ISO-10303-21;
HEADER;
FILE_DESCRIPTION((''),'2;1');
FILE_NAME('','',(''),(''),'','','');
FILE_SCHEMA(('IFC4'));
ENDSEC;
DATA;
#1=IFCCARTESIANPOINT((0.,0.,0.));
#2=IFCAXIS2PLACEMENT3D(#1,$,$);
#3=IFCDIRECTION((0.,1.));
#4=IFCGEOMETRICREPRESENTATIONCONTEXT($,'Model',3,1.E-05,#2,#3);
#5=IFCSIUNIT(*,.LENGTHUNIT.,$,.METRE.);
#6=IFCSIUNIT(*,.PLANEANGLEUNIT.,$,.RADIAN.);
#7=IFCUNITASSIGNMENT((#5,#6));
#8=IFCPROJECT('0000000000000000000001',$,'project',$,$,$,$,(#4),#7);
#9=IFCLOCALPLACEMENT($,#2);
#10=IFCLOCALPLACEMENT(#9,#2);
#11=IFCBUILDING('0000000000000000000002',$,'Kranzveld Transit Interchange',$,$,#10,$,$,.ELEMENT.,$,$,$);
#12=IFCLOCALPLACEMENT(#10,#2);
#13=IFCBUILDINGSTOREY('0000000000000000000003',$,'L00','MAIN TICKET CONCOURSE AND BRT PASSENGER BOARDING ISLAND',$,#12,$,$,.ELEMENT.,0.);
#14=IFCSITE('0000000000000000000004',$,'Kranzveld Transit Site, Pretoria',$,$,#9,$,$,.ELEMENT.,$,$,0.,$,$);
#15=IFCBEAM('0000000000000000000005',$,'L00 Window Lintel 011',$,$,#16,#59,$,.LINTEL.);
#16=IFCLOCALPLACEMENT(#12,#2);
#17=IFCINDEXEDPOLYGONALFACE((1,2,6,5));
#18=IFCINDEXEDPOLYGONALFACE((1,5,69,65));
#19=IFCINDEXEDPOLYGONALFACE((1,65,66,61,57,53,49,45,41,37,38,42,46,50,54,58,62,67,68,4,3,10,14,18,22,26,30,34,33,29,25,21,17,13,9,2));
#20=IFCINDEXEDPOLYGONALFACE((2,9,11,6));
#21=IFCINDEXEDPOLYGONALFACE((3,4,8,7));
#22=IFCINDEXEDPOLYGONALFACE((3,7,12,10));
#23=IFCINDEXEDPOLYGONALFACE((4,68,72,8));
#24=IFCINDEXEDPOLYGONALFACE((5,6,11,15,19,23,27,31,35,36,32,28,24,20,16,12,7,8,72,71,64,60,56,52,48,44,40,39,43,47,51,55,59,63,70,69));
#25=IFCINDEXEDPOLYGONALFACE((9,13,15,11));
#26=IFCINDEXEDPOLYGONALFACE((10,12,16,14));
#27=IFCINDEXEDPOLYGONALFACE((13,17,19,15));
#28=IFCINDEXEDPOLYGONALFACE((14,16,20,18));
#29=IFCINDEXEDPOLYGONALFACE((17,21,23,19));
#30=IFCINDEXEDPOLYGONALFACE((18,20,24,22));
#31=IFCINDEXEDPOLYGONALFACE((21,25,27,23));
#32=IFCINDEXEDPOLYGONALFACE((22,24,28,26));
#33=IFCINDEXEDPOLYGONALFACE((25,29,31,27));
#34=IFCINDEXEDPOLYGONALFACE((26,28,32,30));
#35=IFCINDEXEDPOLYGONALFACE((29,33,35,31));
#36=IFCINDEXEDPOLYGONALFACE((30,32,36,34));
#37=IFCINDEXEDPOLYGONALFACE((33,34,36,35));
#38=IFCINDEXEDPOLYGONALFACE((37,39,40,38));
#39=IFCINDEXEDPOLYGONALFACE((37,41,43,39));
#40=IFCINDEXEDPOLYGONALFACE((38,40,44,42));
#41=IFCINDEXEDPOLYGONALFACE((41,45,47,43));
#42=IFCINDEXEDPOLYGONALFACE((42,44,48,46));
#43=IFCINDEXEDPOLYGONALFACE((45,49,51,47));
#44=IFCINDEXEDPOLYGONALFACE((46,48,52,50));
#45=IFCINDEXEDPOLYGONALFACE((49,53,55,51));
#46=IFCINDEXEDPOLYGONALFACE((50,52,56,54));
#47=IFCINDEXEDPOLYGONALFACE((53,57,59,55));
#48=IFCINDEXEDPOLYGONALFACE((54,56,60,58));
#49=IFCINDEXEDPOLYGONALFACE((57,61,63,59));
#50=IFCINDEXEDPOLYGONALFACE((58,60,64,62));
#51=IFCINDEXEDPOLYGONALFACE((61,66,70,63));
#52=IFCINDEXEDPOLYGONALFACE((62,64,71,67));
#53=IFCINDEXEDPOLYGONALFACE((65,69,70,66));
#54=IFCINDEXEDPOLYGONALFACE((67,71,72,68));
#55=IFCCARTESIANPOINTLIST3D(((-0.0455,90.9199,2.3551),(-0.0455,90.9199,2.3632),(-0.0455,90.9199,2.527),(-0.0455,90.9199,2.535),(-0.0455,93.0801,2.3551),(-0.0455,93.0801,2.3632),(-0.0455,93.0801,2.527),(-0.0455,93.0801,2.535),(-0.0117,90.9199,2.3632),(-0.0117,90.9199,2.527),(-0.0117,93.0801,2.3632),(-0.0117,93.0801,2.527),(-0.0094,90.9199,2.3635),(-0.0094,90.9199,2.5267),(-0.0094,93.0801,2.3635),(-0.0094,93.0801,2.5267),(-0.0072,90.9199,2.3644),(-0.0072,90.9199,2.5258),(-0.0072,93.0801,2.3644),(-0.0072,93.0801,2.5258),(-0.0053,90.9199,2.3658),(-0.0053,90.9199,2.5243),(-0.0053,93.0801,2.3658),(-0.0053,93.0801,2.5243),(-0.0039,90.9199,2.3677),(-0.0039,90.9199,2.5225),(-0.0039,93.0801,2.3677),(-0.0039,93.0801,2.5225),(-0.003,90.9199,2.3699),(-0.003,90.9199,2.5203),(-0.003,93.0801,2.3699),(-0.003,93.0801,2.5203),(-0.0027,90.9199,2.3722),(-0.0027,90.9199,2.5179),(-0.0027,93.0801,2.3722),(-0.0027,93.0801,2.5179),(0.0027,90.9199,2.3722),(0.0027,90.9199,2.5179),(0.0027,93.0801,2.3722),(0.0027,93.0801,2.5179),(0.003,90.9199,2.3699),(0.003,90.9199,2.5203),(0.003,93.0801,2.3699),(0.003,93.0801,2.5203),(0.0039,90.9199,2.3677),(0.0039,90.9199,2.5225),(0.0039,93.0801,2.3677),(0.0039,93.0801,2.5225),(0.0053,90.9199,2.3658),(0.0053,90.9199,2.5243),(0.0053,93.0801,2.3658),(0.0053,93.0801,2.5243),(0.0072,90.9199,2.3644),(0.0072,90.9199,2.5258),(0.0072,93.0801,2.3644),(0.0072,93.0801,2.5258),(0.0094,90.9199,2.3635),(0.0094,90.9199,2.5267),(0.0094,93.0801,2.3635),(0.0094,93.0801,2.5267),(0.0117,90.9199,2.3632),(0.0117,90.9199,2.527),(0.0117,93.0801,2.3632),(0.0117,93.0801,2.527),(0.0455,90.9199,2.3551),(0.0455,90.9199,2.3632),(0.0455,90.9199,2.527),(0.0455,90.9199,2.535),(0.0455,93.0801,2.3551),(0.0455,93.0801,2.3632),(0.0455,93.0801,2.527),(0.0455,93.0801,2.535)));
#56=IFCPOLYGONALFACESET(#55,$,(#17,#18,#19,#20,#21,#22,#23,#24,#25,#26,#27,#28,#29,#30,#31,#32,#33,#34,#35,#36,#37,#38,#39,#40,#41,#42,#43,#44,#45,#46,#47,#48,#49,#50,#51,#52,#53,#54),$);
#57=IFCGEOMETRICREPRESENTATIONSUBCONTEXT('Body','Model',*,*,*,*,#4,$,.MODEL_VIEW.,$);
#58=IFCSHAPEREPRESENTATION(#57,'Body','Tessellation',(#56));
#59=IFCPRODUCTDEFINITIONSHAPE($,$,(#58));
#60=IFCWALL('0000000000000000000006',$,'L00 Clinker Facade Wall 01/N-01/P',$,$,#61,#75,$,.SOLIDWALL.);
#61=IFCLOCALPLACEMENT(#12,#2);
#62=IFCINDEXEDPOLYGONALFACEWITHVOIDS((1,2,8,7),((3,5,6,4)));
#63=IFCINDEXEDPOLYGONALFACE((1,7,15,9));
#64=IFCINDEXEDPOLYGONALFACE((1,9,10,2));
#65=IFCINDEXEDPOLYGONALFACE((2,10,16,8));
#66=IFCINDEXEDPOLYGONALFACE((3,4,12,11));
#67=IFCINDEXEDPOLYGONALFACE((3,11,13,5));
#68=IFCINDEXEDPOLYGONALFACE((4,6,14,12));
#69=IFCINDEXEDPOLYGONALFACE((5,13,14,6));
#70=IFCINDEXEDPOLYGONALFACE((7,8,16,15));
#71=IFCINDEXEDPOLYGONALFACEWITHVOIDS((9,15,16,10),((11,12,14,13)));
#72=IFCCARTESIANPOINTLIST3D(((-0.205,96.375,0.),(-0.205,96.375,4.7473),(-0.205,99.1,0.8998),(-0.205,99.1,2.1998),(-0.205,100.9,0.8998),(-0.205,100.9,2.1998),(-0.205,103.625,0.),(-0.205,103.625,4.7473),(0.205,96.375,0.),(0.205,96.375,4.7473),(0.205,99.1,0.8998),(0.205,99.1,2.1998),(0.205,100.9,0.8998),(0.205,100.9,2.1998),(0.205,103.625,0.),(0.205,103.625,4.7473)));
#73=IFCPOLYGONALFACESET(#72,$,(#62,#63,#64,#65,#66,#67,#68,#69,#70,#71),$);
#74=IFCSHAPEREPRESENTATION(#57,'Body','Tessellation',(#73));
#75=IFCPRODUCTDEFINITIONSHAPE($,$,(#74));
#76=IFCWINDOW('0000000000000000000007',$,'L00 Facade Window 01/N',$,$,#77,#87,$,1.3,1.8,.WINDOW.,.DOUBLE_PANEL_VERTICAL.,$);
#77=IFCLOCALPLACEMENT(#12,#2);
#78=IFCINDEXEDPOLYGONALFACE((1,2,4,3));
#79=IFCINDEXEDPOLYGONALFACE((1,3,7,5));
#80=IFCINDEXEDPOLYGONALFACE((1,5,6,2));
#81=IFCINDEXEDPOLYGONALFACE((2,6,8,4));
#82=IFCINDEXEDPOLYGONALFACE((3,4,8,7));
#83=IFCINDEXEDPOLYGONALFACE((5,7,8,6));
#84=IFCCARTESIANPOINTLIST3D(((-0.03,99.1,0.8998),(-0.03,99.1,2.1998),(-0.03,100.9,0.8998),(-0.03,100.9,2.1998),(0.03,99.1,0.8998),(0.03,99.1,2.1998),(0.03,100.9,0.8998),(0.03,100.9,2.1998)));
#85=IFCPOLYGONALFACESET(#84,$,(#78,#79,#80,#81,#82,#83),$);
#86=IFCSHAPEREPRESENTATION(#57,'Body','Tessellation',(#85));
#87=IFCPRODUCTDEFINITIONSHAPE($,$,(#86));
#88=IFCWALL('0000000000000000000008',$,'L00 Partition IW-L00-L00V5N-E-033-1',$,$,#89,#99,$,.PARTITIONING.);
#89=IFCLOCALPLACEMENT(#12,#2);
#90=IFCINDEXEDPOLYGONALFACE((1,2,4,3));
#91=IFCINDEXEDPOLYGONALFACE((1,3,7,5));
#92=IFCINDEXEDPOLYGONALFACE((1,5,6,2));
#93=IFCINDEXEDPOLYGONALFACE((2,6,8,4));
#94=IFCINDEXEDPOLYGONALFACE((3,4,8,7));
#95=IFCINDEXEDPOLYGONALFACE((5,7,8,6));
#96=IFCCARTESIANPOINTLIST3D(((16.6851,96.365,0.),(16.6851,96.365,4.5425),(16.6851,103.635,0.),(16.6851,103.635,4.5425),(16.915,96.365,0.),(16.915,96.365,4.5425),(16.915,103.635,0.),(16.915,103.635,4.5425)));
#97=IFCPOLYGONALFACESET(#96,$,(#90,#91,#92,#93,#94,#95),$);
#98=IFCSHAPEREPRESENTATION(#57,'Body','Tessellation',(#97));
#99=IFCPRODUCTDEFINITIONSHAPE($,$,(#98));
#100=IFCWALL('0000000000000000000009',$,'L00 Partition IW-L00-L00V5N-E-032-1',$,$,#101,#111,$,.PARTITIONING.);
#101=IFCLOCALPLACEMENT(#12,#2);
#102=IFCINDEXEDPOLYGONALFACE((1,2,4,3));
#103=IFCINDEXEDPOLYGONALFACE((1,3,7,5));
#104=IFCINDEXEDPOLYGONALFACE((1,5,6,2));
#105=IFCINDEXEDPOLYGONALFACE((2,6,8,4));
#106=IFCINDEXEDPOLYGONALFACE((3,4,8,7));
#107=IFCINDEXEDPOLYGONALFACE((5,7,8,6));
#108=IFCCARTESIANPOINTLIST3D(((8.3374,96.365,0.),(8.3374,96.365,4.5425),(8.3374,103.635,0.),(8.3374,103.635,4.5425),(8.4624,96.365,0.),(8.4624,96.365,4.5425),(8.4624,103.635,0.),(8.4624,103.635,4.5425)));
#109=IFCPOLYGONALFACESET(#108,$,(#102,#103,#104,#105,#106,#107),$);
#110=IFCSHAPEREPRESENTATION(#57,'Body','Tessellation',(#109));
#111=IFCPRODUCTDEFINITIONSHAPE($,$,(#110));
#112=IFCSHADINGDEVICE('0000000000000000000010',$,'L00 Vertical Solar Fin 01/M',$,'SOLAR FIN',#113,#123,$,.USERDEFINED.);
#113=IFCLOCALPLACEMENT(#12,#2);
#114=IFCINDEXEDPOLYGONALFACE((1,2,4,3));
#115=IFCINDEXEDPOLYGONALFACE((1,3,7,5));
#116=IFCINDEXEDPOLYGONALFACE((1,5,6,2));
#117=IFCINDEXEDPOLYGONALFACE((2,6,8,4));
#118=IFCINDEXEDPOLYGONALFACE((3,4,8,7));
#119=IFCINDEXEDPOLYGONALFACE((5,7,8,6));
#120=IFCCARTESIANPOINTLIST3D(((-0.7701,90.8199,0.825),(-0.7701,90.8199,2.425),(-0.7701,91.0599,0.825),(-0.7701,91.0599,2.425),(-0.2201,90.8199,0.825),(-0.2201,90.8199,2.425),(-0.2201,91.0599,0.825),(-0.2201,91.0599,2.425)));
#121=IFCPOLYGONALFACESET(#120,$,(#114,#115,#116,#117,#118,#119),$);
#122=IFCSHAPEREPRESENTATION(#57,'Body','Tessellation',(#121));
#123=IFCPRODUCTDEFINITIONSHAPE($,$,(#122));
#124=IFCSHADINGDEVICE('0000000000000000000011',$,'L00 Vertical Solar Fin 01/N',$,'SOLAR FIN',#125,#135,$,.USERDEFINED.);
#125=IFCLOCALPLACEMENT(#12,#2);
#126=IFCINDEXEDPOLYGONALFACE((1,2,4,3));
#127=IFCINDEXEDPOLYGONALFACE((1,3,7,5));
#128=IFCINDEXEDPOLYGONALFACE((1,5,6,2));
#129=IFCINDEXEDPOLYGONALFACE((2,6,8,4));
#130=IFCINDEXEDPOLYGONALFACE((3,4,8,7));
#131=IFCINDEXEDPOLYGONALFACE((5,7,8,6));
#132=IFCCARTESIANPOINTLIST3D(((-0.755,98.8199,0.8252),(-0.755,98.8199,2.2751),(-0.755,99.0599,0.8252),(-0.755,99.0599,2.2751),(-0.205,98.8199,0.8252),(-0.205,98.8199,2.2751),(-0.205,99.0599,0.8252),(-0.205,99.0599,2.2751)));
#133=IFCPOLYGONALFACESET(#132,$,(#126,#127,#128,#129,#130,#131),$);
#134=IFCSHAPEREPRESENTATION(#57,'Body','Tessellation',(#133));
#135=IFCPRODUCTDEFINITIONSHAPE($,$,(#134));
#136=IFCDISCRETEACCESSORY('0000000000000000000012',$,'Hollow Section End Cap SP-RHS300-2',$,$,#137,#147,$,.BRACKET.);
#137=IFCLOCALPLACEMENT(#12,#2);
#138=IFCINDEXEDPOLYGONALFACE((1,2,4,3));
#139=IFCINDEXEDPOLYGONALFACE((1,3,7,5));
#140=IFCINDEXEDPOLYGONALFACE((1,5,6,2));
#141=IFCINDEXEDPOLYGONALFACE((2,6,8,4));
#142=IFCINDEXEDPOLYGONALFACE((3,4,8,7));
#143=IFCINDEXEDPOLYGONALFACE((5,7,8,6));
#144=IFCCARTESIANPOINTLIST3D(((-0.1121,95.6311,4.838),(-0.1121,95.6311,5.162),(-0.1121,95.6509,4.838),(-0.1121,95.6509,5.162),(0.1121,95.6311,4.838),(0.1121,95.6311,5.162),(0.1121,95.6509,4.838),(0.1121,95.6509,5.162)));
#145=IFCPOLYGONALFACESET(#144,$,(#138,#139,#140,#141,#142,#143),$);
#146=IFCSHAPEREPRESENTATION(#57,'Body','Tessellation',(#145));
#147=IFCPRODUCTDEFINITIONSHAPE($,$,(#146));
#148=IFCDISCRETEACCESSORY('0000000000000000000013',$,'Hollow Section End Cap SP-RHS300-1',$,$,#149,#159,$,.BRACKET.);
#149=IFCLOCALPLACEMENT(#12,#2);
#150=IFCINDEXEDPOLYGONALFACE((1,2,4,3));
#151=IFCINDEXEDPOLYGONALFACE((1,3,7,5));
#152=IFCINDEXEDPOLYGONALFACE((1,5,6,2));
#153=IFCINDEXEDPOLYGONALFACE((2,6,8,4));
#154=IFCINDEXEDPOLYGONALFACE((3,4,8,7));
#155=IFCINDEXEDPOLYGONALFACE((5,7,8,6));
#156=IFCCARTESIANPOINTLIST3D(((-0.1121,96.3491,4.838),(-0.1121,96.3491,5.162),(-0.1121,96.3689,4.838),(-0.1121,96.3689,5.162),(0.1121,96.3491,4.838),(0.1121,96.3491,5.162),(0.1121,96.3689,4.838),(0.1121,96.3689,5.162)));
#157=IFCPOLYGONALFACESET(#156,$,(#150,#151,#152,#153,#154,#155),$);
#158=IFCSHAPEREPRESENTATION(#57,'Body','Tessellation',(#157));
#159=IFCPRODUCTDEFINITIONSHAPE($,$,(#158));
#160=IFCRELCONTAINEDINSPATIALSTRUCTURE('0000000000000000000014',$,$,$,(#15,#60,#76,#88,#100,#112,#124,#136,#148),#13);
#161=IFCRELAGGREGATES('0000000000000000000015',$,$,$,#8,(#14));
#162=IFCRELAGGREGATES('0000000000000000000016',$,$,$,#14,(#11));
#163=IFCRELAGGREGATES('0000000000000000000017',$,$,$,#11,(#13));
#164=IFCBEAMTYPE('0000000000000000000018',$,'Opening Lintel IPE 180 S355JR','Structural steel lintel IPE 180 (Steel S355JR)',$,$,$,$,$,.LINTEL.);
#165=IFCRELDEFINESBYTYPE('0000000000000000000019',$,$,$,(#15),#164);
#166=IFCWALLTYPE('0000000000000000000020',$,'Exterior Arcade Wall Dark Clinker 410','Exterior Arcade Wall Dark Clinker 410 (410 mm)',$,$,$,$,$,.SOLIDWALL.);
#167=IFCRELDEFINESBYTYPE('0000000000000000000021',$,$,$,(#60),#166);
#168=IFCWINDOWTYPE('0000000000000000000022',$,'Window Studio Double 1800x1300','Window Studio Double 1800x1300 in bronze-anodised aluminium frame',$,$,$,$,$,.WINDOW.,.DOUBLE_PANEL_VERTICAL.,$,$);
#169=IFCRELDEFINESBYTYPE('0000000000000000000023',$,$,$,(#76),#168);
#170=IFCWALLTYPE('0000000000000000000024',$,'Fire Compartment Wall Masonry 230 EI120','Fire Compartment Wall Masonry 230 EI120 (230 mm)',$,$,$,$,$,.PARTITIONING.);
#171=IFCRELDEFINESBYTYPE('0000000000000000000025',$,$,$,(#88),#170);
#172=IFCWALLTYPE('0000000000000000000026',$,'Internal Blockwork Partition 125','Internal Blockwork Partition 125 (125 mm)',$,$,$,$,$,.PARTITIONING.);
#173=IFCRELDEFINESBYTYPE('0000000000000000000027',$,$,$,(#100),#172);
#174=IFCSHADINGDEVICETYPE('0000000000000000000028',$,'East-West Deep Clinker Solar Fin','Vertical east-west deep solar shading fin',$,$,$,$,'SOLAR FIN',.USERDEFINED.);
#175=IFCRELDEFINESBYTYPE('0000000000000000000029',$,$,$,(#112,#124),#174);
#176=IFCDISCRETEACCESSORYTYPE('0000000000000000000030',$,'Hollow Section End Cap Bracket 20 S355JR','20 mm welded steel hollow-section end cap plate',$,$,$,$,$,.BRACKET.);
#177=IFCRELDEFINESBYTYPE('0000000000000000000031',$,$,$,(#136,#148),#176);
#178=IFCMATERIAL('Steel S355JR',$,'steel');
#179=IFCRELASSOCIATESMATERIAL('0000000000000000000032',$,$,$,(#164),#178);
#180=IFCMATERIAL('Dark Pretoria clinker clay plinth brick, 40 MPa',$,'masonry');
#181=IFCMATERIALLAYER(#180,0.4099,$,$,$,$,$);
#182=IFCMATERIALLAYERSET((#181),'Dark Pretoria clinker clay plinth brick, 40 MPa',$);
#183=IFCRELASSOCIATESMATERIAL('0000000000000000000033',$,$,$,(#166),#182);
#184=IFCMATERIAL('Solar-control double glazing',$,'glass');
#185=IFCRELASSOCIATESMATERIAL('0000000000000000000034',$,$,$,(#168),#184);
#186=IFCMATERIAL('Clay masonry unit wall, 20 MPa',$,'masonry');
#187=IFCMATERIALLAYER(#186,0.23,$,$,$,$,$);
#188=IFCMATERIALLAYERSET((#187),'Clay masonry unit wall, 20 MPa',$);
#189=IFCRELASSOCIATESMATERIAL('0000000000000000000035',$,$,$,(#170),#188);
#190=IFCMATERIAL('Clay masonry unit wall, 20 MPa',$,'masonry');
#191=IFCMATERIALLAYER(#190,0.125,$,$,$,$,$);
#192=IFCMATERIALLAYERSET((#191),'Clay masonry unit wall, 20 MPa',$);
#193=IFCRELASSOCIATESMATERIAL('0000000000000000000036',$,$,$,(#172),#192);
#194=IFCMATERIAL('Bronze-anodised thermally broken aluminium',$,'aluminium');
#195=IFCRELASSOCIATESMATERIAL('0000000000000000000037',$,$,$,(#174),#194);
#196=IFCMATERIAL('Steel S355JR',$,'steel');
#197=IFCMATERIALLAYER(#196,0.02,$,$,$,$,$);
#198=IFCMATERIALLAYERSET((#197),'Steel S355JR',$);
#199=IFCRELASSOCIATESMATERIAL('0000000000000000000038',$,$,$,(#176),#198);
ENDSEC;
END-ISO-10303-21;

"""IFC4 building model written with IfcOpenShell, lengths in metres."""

from ifc_helpers import new_model, si_unit, direction, frame, frame_2d, origin, origin_2d, place, context, subcontext, project, spatial, rectangle, i_section, extrude, material, layer, layer_set, material_profile, profile_set, type_object, element, fill, save


model = new_model("IFC4")

# Units and contexts
model_context = context("Model", 3, precision=1e-05, world=origin(), true_north=direction((0.0, 1.0)))
body_context = subcontext(model_context, "Body", "Model", "MODEL_VIEW")
ifc_project = project(units=[si_unit("LENGTHUNIT", "METRE"), si_unit("PLANEANGLEUNIT", "RADIAN")], contexts=[model_context])

# Site, building, storey
site_placement = place(None, origin())
site = spatial("IfcSite", under=ifc_project, at=site_placement, Name="Kranzveld Transit Site, Pretoria", CompositionType="ELEMENT", RefElevation=0.0)
building_placement = place(site_placement, origin())
building = spatial("IfcBuilding", under=site, at=building_placement, Name="Kranzveld Transit Interchange", CompositionType="ELEMENT")
storey_placement = place(building_placement, origin())
storey = spatial("IfcBuildingStorey", under=building, at=storey_placement, Name="L00", Description="MAIN TICKET CONCOURSE AND BRT PASSENGER BOARDING ISLAND", CompositionType="ELEMENT", Elevation=0.0)

# Beam
ifc_material_1 = material(Name="Steel S355JR", Category="steel")
ifc_material_profile_1 = material_profile(ifc_material_1, i_section(OverallWidth=0.0911, OverallDepth=0.1799, WebThickness=0.0054, FlangeThickness=0.0081, FilletRadius=0.009, at=origin_2d()), Name="IPE 180")
ifc_profile_set_1 = profile_set([ifc_material_profile_1], Name="Steel S355JR")
beam_type_1 = type_object("IfcBeamType", Name="Opening Lintel IPE 180 S355JR", Description="Structural steel lintel IPE 180 (Steel S355JR)", PredefinedType="LINTEL", material=ifc_profile_set_1)
beam_1_placement = place(storey_placement, frame((0.0, 90.9199, 2.4451), z_axis=(0.0, 1.0, 0.0), x_axis=(-1.0, 0.0, 0.0)))
element("IfcBeam", 1, at=beam_1_placement, inside=storey, type_object=beam_type_1, Name="L00 Window Lintel 011", PredefinedType="LINTEL", context=body_context, shape_type="SweptSolid", body=[
    extrude(i_section(OverallWidth=0.0911, OverallDepth=0.1799, WebThickness=0.0054, FlangeThickness=0.0081, FilletRadius=0.009, at=origin_2d()), origin(), (0.0, 0.0, 1.0), 2.1602),
])

# Wall, opening, window
ifc_material_2 = material(Name="Dark Pretoria clinker clay plinth brick, 40 MPa", Category="masonry")
ifc_layer_1 = layer(ifc_material_2, 0.4099)
ifc_layer_set_1 = layer_set([ifc_layer_1], Name="Dark Pretoria clinker clay plinth brick, 40 MPa")
wall_type_1 = type_object("IfcWallType", Name="Exterior Arcade Wall Dark Clinker 410", Description="Exterior Arcade Wall Dark Clinker 410 (410 mm)", PredefinedType="SOLIDWALL", material=ifc_layer_set_1)
wall_1_placement = place(storey_placement, frame((0.0, 96.375, 0.0), z_axis=(0.0, 0.0, 1.0), x_axis=(0.0, 1.0, 0.0)))
wall_1 = element("IfcWall", 2, at=wall_1_placement, inside=storey, type_object=wall_type_1, Name="L00 Clinker Facade Wall 01/N-01/P", PredefinedType="SOLIDWALL", context=body_context, shape_type="SweptSolid", body=[
    extrude(rectangle(XDim=7.25, YDim=0.4099, at=frame_2d((3.625, 0.0))), origin(), (0.0, 0.0, 1.0), 4.7473),
])
opening_placement = place(wall_1_placement, frame((2.7251, 0.0, 0.8999), z_axis=(0.0, 0.0, 1.0), x_axis=(1.0, 0.0, 0.0)))
opening = element("IfcOpeningElement", 3, at=opening_placement, cuts=wall_1, PredefinedType="OPENING", context=body_context, shape_type="SweptSolid", body=[
    extrude(rectangle(XDim=1.8, YDim=1.3, at=frame_2d((0.8999, 0.6499))), frame((0.0, 0.2148, 0.0), z_axis=(0.0, -1.0, 0.0), x_axis=(1.0, 0.0, 0.0)), (0.0, 0.0, 1.0), 0.4299),
])
ifc_material_3 = material(Name="Solar-control double glazing", Category="glass")
window_type = type_object("IfcWindowType", Name="Window Studio Double 1800x1300", Description="Window Studio Double 1800x1300 in bronze-anodised aluminium frame", PartitioningType="DOUBLE_PANEL_VERTICAL", PredefinedType="WINDOW", material=ifc_material_3)
window_placement = place(opening_placement, origin())
window = element("IfcWindow", 4, at=window_placement, inside=storey, type_object=window_type, Name="L00 Facade Window 01/N", OverallHeight=1.3, OverallWidth=1.8, PartitioningType="DOUBLE_PANEL_VERTICAL", PredefinedType="WINDOW", context=body_context, shape_type="SweptSolid", body=[
    extrude(rectangle(XDim=1.8, YDim=1.3, at=frame_2d((0.8999, 0.6499))), frame((0.0, 0.03, 0.0), z_axis=(0.0, -1.0, 0.0), x_axis=(1.0, 0.0, 0.0)), (0.0, 0.0, 1.0), 0.0601),
])
fill(opening, window)

# Walls
ifc_material_4 = material(Name="Clay masonry unit wall, 20 MPa", Category="masonry")
ifc_layer_2 = layer(ifc_material_4, 0.23)
ifc_layer_set_2 = layer_set([ifc_layer_2], Name="Clay masonry unit wall, 20 MPa")
wall_type_2 = type_object("IfcWallType", Name="Fire Compartment Wall Masonry 230 EI120", Description="Fire Compartment Wall Masonry 230 EI120 (230 mm)", PredefinedType="PARTITIONING", material=ifc_layer_set_2)
wall_2_placement = place(storey_placement, frame((16.8, 96.365, 0.0), z_axis=(0.0, 0.0, 1.0), x_axis=(0.0, 1.0, 0.0)))
element("IfcWall", 5, at=wall_2_placement, inside=storey, type_object=wall_type_2, Name="L00 Partition IW-L00-L00V5N-E-033-1", PredefinedType="PARTITIONING", context=body_context, shape_type="SweptSolid", body=[
    extrude(rectangle(XDim=7.27, YDim=0.23, at=frame_2d((3.635, 0.0))), origin(), (0.0, 0.0, 1.0), 4.5425),
])
ifc_material_5 = material(Name="Clay masonry unit wall, 20 MPa", Category="masonry")
ifc_layer_3 = layer(ifc_material_5, 0.125)
ifc_layer_set_3 = layer_set([ifc_layer_3], Name="Clay masonry unit wall, 20 MPa")
wall_type_3 = type_object("IfcWallType", Name="Internal Blockwork Partition 125", Description="Internal Blockwork Partition 125 (125 mm)", PredefinedType="PARTITIONING", material=ifc_layer_set_3)
wall_3_placement = place(storey_placement, frame((8.3999, 96.365, 0.0), z_axis=(0.0, 0.0, 1.0), x_axis=(0.0, 1.0, 0.0)))
element("IfcWall", 6, at=wall_3_placement, inside=storey, type_object=wall_type_3, Name="L00 Partition IW-L00-L00V5N-E-032-1", PredefinedType="PARTITIONING", context=body_context, shape_type="SweptSolid", body=[
    extrude(rectangle(XDim=7.27, YDim=0.125, at=frame_2d((3.635, 0.0))), origin(), (0.0, 0.0, 1.0), 4.5425),
])

# Shading devices
ifc_material_6 = material(Name="Bronze-anodised thermally broken aluminium", Category="aluminium")
shading_device_type = type_object("IfcShadingDeviceType", Name="East-West Deep Clinker Solar Fin", Description="Vertical east-west deep solar shading fin", ElementType="SOLAR FIN", PredefinedType="USERDEFINED", material=ifc_material_6)
shading_device_1_placement = place(storey_placement, frame((-0.4951, 90.9399, 0.825), z_axis=(0.0, 0.0, 1.0), x_axis=(0.0, 1.0, 0.0)))
element("IfcShadingDevice", 7, at=shading_device_1_placement, inside=storey, type_object=shading_device_type, Name="L00 Vertical Solar Fin 01/M", ObjectType="SOLAR FIN", PredefinedType="USERDEFINED", context=body_context, shape_type="SweptSolid", body=[
    extrude(rectangle(XDim=0.24, YDim=0.55, at=origin_2d()), origin(), (0.0, 0.0, 1.0), 1.6001),
])
shading_device_2_placement = place(storey_placement, frame((-0.48, 98.9399, 0.8252), z_axis=(0.0, 0.0, 1.0), x_axis=(0.0, 1.0, 0.0)))
element("IfcShadingDevice", 8, at=shading_device_2_placement, inside=storey, type_object=shading_device_type, Name="L00 Vertical Solar Fin 01/N", ObjectType="SOLAR FIN", PredefinedType="USERDEFINED", context=body_context, shape_type="SweptSolid", body=[
    extrude(rectangle(XDim=0.24, YDim=0.55, at=origin_2d()), origin(), (0.0, 0.0, 1.0), 1.45),
])

# Discrete accessories
ifc_material_7 = material(Name="Steel S355JR", Category="steel")
ifc_layer_4 = layer(ifc_material_7, 0.02)
ifc_layer_set_4 = layer_set([ifc_layer_4], Name="Steel S355JR")
discrete_accessory_type = type_object("IfcDiscreteAccessoryType", Name="Hollow Section End Cap Bracket 20 S355JR", Description="20 mm welded steel hollow-section end cap plate", PredefinedType="BRACKET", material=ifc_layer_set_4)
for number, where, z_axis, x_axis, name in (
    (9, (0.0, 95.6311, 5.0), (0.0, 1.0, 0.0), (-1.0, 0.0, 0.0), "Hollow Section End Cap SP-RHS300-2"),
    (10, (0.0, 96.3689, 5.0), (0.0, -1.0, 0.0), (1.0, 0.0, 0.0), "Hollow Section End Cap SP-RHS300-1"),
):
    element("IfcDiscreteAccessory", number, at=place(storey_placement, frame(where, z_axis=z_axis, x_axis=x_axis)), inside=storey, type_object=discrete_accessory_type, Name=name, PredefinedType="BRACKET", context=body_context, shape_type="SweptSolid", body=[
        extrude(rectangle(XDim=0.2241, YDim=0.324, at=origin_2d()), origin(), (0.0, 0.0, 1.0), 0.0198),
    ])

save(model, "model.ifc")
